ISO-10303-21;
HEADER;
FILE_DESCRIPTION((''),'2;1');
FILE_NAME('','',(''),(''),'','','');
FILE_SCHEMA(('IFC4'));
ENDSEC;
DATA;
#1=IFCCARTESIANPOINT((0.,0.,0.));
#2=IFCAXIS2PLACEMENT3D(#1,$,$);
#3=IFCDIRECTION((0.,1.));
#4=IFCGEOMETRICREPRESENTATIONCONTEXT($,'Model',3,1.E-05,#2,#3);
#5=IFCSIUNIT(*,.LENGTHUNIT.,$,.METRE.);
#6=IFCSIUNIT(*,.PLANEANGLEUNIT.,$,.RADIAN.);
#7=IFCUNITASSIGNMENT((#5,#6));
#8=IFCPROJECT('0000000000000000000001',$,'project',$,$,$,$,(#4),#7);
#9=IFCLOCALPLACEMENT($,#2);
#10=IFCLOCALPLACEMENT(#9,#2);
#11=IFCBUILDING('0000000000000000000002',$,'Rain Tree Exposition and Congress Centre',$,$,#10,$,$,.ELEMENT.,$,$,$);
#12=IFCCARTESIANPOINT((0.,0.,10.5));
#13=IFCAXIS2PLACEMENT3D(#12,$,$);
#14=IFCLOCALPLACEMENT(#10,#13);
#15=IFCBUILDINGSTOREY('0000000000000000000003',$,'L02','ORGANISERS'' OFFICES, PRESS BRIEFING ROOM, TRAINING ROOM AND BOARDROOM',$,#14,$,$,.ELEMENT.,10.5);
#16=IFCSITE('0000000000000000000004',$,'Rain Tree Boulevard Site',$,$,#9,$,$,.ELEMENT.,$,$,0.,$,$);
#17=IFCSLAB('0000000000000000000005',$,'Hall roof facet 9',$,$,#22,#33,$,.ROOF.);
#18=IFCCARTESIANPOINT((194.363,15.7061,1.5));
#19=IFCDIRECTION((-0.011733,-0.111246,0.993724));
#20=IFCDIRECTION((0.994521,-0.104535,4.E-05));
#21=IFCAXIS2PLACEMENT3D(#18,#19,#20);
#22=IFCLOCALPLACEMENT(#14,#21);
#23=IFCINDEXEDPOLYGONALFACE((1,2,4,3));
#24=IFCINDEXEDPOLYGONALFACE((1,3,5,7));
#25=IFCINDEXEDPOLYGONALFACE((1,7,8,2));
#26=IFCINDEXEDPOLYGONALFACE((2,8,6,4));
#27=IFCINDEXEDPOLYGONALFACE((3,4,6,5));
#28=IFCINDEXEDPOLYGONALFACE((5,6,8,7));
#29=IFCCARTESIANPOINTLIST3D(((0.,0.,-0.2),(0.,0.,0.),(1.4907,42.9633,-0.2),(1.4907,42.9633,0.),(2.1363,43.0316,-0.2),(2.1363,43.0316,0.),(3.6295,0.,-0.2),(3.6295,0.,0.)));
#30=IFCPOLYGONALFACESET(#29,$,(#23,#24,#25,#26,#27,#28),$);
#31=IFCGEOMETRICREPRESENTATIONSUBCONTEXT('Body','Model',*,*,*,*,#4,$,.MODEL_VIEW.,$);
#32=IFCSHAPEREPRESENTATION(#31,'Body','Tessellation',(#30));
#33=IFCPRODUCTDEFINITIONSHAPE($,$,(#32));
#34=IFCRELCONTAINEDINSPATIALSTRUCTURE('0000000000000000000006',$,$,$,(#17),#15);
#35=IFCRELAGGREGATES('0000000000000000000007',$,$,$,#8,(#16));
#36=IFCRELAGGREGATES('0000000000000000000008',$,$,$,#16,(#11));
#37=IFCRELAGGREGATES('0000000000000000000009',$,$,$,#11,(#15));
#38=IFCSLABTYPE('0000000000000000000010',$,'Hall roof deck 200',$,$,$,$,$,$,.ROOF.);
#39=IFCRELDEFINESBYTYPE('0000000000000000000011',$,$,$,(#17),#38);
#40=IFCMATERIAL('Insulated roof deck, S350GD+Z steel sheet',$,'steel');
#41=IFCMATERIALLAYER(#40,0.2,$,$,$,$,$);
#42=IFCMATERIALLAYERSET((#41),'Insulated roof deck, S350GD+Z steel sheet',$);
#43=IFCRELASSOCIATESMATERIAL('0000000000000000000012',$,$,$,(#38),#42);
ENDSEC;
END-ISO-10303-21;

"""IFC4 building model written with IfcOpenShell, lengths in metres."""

from ifc_helpers import new_model, si_unit, direction, frame, origin, place, context, subcontext, project, spatial, polyline, outline, extrude, material, layer, layer_set, type_object, element, save


model = new_model("IFC4")

# Units and contexts
model_context = context("Model", 3, precision=1e-05, world=origin(), true_north=direction((0.0, 1.0)))
body_context = subcontext(model_context, "Body", "Model", "MODEL_VIEW")
ifc_project = project(units=[si_unit("LENGTHUNIT", "METRE"), si_unit("PLANEANGLEUNIT", "RADIAN")], contexts=[model_context])

# Site, building, storey
site_placement = place(None, origin())
site = spatial("IfcSite", under=ifc_project, at=site_placement, Name="Rain Tree Boulevard Site", CompositionType="ELEMENT", RefElevation=0.0)
building_placement = place(site_placement, origin())
building = spatial("IfcBuilding", under=site, at=building_placement, Name="Rain Tree Exposition and Congress Centre", CompositionType="ELEMENT")
storey_placement = place(building_placement, frame((0.0, 0.0, 10.5)))
storey = spatial("IfcBuildingStorey", under=building, at=storey_placement, Name="L02", Description="ORGANISERS' OFFICES, PRESS BRIEFING ROOM, TRAINING ROOM AND BOARDROOM", CompositionType="ELEMENT", Elevation=10.5)

# Slab
ifc_material_1 = material(Name="Insulated roof deck, S350GD+Z steel sheet", Category="steel")
ifc_layer_1 = layer(ifc_material_1, 0.2)
ifc_layer_set_1 = layer_set([ifc_layer_1], Name="Insulated roof deck, S350GD+Z steel sheet")
slab_type = type_object("IfcSlabType", Name="Hall roof deck 200", PredefinedType="ROOF", material=ifc_layer_set_1)
slab_1_placement = place(storey_placement, frame((194.363, 15.7061, 1.5), z_axis=(-0.011733, -0.111246, 0.993724), x_axis=(0.994521, -0.104535, 0.00004)))
element("IfcSlab", 1, at=slab_1_placement, inside=storey, type_object=slab_type, Name="Hall roof facet 9", PredefinedType="ROOF", context=body_context, shape_type="SweptSolid", body=[
    extrude(outline(polyline([(0.0, 0.0), (3.6295, 0.0), (2.1363, 43.0316), (1.4907, 42.9633), (0.0, 0.0)])), origin(), (0.0, 0.0, -1.0), 0.2),
])

save(model, "model.ifc")
